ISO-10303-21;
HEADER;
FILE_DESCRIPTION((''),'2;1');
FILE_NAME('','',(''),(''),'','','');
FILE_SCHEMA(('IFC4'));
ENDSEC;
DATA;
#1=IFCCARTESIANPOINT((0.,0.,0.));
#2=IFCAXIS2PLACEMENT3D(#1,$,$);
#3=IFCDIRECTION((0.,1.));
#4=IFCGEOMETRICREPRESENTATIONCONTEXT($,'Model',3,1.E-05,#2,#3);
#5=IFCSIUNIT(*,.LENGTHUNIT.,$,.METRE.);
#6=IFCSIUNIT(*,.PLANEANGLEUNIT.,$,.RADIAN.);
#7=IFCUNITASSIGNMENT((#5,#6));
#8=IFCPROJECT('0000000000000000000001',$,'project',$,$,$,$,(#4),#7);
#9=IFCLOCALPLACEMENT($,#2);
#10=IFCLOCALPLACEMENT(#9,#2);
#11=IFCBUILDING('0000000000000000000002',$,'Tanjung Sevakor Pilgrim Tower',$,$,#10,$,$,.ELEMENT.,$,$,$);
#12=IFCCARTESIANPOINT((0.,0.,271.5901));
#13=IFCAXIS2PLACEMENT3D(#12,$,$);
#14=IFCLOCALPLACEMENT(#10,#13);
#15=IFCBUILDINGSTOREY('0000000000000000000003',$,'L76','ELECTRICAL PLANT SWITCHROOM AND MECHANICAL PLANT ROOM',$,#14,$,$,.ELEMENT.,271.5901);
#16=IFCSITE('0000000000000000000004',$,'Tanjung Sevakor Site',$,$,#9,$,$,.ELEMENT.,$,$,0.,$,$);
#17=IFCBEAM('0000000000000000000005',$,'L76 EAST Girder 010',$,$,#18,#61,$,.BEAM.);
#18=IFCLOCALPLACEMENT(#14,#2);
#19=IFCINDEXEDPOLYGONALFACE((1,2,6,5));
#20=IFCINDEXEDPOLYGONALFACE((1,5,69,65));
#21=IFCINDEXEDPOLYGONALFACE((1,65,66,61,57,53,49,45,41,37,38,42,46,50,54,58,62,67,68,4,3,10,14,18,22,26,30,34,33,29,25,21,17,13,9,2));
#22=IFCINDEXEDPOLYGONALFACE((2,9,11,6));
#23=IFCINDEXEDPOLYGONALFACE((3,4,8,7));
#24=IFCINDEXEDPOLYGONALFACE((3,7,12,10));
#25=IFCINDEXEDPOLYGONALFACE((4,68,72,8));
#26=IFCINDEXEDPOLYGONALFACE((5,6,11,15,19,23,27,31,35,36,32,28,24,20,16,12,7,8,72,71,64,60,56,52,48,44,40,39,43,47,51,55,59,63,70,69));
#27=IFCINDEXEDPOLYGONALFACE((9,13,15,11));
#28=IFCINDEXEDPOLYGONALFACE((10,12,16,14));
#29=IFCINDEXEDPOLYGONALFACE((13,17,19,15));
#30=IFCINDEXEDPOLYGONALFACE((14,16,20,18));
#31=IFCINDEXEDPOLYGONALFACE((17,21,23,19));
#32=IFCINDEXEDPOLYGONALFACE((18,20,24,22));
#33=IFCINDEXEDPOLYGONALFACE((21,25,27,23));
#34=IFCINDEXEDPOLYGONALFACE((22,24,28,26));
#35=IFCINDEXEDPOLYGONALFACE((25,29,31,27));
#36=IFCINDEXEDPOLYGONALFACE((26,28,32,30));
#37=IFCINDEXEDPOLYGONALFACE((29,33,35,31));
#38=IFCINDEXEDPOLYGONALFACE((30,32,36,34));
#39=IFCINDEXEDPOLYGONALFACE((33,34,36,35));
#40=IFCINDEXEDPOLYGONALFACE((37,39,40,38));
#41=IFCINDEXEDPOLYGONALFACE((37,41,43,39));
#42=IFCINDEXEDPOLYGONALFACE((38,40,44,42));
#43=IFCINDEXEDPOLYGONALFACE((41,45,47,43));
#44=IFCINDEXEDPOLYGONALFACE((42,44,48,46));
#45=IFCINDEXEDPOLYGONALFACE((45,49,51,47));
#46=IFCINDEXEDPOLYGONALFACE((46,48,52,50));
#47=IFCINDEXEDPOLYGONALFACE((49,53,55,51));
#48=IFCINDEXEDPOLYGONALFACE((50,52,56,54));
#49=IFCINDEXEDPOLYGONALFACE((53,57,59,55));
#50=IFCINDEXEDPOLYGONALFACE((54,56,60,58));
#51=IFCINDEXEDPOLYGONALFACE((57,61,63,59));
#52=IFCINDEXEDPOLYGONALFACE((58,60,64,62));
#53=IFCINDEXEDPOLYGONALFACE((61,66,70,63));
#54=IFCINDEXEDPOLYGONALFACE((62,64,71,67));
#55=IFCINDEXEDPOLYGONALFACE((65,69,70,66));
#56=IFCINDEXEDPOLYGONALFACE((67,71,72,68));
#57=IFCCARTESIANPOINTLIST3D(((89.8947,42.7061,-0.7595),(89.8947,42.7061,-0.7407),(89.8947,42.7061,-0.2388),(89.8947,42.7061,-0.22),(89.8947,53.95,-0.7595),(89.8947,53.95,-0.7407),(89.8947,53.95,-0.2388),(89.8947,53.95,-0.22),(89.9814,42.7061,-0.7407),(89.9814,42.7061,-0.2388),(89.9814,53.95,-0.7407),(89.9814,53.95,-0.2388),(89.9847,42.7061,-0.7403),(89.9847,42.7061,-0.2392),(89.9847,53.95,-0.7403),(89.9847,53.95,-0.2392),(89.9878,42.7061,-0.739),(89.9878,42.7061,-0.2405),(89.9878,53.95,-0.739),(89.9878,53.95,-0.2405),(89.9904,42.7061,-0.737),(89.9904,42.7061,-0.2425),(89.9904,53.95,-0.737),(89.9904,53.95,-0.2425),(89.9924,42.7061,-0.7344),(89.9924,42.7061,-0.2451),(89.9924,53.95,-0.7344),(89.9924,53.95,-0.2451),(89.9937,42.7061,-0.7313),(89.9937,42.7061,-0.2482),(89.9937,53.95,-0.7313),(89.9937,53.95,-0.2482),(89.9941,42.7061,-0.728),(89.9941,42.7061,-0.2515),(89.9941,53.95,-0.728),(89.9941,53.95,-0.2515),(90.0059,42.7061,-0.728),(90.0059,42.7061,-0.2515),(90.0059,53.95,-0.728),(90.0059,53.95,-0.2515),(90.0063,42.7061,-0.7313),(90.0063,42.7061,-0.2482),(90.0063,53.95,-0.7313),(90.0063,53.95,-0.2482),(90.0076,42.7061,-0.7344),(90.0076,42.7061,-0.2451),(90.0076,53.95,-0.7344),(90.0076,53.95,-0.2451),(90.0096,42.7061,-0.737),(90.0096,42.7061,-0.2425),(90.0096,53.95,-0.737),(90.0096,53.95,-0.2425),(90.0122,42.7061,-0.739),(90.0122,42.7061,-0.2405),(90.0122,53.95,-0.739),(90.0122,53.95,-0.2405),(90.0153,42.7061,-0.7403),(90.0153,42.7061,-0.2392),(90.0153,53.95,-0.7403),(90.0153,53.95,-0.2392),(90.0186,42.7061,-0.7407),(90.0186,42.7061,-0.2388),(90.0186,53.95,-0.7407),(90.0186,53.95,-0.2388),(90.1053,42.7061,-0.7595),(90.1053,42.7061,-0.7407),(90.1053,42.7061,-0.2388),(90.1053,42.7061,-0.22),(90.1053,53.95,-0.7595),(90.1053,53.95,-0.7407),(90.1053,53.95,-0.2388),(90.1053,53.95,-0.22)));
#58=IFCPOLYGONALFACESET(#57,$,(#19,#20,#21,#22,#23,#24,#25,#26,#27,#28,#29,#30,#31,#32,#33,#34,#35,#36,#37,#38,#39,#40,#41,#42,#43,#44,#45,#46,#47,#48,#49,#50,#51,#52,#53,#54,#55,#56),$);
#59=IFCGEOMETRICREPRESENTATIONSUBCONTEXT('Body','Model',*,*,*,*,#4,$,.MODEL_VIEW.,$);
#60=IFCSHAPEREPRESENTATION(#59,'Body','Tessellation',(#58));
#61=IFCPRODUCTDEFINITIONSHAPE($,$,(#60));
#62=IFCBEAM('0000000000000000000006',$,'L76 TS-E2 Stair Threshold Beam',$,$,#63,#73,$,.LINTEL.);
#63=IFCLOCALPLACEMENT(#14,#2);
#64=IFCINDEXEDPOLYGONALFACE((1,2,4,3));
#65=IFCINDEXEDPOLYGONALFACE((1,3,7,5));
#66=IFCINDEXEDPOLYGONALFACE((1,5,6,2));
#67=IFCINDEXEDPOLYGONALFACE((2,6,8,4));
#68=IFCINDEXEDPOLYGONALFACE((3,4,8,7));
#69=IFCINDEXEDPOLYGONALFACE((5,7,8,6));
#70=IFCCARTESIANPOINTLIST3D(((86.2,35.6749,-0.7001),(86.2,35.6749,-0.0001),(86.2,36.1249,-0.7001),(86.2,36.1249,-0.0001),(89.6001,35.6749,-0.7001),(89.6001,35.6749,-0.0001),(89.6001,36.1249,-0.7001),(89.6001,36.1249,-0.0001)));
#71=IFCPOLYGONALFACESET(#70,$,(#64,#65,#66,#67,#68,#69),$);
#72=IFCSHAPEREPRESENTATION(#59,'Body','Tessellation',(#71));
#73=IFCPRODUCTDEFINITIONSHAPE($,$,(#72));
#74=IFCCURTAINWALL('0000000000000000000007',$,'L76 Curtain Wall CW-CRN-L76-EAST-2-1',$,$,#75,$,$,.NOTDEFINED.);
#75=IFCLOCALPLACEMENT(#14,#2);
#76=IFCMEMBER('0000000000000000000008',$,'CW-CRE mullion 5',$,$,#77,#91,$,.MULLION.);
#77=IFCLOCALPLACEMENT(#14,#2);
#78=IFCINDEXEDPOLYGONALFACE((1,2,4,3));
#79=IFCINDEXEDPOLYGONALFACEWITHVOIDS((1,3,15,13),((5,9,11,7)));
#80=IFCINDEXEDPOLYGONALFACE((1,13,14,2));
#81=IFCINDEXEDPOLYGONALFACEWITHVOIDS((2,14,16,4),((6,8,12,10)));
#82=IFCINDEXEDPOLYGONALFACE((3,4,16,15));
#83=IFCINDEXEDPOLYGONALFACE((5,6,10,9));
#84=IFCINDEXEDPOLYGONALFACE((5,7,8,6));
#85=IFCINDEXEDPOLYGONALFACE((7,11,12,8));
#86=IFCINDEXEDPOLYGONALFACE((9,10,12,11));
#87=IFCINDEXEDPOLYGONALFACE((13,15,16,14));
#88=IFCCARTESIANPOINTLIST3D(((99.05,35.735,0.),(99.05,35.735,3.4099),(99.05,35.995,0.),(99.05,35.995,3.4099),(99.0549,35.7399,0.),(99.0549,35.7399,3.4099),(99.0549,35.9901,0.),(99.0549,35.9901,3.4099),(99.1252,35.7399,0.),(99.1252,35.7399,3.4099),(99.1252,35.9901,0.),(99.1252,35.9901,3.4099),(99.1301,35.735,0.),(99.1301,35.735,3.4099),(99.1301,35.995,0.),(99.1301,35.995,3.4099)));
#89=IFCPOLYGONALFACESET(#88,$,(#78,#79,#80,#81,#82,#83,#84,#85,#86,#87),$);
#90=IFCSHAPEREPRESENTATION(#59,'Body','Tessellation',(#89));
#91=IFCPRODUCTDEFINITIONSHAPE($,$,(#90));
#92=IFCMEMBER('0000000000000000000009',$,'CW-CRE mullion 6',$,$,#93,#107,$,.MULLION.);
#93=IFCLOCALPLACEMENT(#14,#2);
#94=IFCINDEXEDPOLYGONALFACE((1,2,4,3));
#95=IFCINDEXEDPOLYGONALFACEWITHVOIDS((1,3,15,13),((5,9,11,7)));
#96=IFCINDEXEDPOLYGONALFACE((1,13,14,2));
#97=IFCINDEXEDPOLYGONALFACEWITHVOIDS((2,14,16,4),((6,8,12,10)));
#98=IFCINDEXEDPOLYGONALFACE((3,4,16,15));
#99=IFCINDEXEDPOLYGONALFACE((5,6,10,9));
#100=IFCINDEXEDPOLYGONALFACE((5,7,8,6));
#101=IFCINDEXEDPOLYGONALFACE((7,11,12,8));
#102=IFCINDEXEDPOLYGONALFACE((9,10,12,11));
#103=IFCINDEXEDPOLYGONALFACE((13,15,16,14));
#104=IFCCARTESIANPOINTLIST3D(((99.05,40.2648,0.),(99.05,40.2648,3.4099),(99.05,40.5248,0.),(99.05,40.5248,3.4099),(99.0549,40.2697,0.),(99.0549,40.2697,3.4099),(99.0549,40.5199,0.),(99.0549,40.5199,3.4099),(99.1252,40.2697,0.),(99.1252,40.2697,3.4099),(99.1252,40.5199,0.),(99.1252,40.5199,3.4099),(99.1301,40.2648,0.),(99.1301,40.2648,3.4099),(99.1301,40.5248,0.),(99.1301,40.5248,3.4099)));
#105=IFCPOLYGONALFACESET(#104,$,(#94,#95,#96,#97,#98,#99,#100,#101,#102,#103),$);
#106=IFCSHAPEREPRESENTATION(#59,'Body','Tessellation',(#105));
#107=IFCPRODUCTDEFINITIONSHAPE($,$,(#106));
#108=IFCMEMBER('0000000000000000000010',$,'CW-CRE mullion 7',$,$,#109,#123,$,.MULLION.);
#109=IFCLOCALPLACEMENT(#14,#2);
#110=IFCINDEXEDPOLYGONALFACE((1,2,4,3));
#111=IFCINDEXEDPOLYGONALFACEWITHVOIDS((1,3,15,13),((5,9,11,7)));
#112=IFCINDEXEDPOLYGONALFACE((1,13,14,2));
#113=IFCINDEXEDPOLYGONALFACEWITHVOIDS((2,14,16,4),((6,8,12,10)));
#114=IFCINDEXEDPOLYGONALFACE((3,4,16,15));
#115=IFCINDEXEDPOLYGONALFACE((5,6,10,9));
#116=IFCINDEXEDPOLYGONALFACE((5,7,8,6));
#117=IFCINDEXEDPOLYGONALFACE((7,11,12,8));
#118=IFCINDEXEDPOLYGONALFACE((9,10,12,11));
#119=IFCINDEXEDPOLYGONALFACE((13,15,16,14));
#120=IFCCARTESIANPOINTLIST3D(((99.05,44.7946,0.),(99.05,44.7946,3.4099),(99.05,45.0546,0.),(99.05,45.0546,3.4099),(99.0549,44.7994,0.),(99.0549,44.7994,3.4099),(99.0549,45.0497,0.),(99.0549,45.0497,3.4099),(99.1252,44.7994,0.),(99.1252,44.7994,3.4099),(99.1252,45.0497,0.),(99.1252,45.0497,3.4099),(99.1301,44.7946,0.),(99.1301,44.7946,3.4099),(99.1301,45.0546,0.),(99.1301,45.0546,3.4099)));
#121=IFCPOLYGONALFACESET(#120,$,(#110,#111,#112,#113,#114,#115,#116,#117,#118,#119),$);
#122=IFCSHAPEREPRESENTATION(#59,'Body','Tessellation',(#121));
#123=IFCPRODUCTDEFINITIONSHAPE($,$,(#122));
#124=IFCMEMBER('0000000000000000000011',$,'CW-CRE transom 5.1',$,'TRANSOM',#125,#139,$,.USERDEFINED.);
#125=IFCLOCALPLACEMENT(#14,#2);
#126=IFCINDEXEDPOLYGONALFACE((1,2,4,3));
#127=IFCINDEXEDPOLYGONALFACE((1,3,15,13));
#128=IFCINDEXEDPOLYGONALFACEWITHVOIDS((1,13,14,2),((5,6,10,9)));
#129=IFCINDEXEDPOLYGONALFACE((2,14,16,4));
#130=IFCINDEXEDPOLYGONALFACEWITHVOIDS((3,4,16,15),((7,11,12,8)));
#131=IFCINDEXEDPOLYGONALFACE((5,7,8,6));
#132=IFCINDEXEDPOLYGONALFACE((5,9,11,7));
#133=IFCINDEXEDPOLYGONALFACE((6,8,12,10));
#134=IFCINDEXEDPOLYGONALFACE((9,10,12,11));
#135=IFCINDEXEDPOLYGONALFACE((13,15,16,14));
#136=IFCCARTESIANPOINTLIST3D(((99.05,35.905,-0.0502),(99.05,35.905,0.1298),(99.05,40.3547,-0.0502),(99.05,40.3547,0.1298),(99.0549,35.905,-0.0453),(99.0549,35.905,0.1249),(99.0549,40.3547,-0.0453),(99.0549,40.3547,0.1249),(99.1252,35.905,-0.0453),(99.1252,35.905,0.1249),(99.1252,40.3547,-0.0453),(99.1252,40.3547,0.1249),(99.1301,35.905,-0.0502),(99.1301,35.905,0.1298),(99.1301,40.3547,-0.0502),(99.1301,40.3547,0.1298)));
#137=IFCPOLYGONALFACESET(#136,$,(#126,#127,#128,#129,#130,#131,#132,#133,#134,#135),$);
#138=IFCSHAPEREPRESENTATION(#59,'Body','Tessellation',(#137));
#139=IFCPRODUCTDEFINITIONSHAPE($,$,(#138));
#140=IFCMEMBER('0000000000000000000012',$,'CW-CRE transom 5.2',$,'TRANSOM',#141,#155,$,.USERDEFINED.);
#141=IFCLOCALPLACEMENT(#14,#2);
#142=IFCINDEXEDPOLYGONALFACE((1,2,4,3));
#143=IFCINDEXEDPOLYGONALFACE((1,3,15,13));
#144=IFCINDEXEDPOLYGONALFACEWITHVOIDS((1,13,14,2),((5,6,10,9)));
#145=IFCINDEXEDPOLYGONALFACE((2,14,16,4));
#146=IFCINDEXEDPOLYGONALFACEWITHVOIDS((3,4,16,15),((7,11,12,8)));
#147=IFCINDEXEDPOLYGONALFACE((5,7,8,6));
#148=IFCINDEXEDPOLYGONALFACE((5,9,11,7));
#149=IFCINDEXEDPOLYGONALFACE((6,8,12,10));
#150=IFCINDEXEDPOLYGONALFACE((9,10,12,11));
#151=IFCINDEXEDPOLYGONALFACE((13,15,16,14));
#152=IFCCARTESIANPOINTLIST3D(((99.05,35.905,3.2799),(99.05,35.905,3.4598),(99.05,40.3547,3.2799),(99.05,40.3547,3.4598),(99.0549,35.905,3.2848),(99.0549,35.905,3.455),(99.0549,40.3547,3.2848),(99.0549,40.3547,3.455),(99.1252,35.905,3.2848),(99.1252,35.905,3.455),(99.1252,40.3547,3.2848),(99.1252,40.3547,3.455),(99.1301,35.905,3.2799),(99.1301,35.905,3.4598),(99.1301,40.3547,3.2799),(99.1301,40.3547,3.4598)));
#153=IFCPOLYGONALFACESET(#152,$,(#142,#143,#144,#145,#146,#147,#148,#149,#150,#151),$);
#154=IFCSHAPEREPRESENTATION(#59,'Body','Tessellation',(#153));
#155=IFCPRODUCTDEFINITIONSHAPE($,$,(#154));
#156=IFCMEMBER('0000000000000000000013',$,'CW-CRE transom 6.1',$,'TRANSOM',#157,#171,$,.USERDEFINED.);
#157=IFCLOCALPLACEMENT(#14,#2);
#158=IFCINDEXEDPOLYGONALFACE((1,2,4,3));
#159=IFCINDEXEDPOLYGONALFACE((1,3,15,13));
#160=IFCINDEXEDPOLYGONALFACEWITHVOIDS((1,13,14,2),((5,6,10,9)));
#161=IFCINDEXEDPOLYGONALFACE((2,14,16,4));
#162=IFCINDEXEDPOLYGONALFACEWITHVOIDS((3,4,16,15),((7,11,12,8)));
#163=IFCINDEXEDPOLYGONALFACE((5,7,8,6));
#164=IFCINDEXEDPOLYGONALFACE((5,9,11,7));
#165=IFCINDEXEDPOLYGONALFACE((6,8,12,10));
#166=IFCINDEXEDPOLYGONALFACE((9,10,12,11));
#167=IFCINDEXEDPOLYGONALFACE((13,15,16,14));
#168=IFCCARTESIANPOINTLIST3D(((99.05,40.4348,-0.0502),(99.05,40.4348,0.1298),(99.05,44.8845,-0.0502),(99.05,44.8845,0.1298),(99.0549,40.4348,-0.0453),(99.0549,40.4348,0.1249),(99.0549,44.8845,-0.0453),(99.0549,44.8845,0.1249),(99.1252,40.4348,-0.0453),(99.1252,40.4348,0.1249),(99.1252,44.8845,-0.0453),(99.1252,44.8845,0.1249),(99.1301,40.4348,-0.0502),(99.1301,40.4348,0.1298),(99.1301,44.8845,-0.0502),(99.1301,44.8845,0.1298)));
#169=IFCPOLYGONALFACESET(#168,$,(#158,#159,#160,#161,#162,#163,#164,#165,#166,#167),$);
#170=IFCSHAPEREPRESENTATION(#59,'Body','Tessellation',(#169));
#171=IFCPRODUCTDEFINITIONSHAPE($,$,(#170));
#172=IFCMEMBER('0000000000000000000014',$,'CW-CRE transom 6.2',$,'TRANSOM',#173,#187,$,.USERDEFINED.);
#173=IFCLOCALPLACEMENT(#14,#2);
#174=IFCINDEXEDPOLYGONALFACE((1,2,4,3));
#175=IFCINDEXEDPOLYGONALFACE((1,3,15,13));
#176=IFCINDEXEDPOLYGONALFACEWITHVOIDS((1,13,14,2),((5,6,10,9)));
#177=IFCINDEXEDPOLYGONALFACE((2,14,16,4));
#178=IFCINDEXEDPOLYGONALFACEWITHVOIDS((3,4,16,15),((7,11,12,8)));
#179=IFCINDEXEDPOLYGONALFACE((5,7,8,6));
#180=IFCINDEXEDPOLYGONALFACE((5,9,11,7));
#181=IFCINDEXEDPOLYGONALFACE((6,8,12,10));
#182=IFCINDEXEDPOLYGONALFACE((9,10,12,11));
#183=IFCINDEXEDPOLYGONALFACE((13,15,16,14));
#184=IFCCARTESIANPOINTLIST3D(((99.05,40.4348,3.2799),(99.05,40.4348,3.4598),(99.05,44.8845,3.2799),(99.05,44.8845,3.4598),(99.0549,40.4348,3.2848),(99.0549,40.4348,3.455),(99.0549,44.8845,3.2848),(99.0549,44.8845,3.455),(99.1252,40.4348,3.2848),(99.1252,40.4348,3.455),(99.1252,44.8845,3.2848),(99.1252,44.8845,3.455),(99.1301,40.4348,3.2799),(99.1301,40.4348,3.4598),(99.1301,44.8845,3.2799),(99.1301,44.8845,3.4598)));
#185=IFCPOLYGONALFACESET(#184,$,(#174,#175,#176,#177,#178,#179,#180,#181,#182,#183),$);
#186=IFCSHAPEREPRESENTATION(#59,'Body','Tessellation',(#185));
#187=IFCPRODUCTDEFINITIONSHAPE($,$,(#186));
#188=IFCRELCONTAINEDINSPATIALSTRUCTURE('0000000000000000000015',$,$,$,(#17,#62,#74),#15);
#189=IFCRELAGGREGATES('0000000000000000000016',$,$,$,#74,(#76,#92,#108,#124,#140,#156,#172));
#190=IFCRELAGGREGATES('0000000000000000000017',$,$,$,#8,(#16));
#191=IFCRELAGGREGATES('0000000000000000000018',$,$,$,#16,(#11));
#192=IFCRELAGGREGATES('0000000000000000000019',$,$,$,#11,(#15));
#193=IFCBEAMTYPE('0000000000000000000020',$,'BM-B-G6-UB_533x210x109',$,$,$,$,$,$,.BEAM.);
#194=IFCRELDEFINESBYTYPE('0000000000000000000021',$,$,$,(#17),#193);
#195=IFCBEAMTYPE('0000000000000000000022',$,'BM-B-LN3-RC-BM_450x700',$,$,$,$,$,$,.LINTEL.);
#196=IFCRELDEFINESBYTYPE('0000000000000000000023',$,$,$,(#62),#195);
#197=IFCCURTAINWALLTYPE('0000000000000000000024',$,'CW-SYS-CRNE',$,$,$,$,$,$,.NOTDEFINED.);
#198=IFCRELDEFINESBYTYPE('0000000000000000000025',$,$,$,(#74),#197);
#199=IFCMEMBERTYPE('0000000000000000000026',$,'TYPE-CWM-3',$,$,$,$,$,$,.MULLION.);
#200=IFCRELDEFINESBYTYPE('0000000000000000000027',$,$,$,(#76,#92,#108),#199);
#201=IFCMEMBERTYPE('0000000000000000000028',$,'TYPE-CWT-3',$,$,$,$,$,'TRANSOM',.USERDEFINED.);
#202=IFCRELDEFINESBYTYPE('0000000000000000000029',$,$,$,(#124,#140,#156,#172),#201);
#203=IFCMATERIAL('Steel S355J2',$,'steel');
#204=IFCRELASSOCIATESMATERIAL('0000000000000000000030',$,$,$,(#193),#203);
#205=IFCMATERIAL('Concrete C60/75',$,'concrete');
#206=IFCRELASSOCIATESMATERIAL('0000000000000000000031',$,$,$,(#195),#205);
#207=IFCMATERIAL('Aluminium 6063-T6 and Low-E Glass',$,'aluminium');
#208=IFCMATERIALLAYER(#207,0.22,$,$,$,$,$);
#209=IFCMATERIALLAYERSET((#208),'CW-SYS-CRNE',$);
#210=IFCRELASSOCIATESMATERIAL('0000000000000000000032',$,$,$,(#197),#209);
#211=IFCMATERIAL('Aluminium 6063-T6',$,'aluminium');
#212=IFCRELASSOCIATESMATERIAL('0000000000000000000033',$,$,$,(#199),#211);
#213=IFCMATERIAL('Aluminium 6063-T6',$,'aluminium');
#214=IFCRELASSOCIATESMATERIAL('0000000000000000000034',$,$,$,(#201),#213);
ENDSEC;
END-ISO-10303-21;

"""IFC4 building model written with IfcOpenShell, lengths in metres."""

from ifc_helpers import new_model, si_unit, direction, frame, origin, origin_2d, place, context, subcontext, project, spatial, rectangle, hollow_rectangle, i_section, extrude, material, layer, layer_set, material_profile, profile_set, type_object, element, aggregate, save


model = new_model("IFC4")

# Units and contexts
model_context = context("Model", 3, precision=1e-05, world=origin(), true_north=direction((0.0, 1.0)))
body_context = subcontext(model_context, "Body", "Model", "MODEL_VIEW")
ifc_project = project(units=[si_unit("LENGTHUNIT", "METRE"), si_unit("PLANEANGLEUNIT", "RADIAN")], contexts=[model_context])

# Site, building, storey
site_placement = place(None, origin())
site = spatial("IfcSite", under=ifc_project, at=site_placement, Name="Tanjung Sevakor Site", CompositionType="ELEMENT", RefElevation=0.0)
building_placement = place(site_placement, origin())
building = spatial("IfcBuilding", under=site, at=building_placement, Name="Tanjung Sevakor Pilgrim Tower", CompositionType="ELEMENT")
storey_placement = place(building_placement, frame((0.0, 0.0, 271.5901)))
storey = spatial("IfcBuildingStorey", under=building, at=storey_placement, Name="L76", Description="ELECTRICAL PLANT SWITCHROOM AND MECHANICAL PLANT ROOM", CompositionType="ELEMENT", Elevation=271.5901)

# Beams
ifc_material_1 = material(Name="Steel S355J2", Category="steel")
ifc_material_profile_1 = material_profile(ifc_material_1, i_section(OverallWidth=0.2107, OverallDepth=0.5396, WebThickness=0.0117, FlangeThickness=0.0188, FilletRadius=0.0127, at=origin_2d()))
ifc_profile_set_1 = profile_set([ifc_material_profile_1], Name="Steel S355J2")
beam_type_1 = type_object("IfcBeamType", Name="BM-B-G6-UB_533x210x109", PredefinedType="BEAM", material=ifc_profile_set_1)
beam_1_placement = place(storey_placement, frame((90.0, 42.7061, -0.4897), z_axis=(0.0, 1.0, 0.0), x_axis=(-1.0, 0.0, 0.0)))
element("IfcBeam", 1, at=beam_1_placement, inside=storey, type_object=beam_type_1, Name="L76 EAST Girder 010", PredefinedType="BEAM", context=body_context, shape_type="SweptSolid", body=[
    extrude(i_section(OverallWidth=0.2107, OverallDepth=0.5396, WebThickness=0.0117, FlangeThickness=0.0188, FilletRadius=0.0127, at=origin_2d()), origin(), (0.0, 0.0, 1.0), 11.2439),
])
ifc_material_2 = material(Name="Concrete C60/75", Category="concrete")
ifc_material_profile_2 = material_profile(ifc_material_2, rectangle(XDim=0.45, YDim=0.7, at=origin_2d()))
ifc_profile_set_2 = profile_set([ifc_material_profile_2], Name="Concrete C60/75")
beam_type_2 = type_object("IfcBeamType", Name="BM-B-LN3-RC-BM_450x700", PredefinedType="LINTEL", material=ifc_profile_set_2)
beam_2_placement = place(storey_placement, frame((86.2, 35.8999, -0.3501), z_axis=(1.0, 0.0, 0.0), x_axis=(0.0, 1.0, 0.0)))
element("IfcBeam", 2, at=beam_2_placement, inside=storey, type_object=beam_type_2, Name="L76 TS-E2 Stair Threshold Beam", PredefinedType="LINTEL", context=body_context, shape_type="SweptSolid", body=[
    extrude(rectangle(XDim=0.45, YDim=0.7, at=origin_2d()), origin(), (0.0, 0.0, 1.0), 3.4001),
])

# Curtain wall, members
ifc_material_3 = material(Name="Aluminium 6063-T6 and Low-E Glass", Category="aluminium")
ifc_layer_1 = layer(ifc_material_3, 0.22)
ifc_layer_set_1 = layer_set([ifc_layer_1], Name="CW-SYS-CRNE")
curtain_wall_type = type_object("IfcCurtainWallType", Name="CW-SYS-CRNE", PredefinedType="NOTDEFINED", material=ifc_layer_set_1)
curtain_wall_placement = place(storey_placement, origin())
curtain_wall = element("IfcCurtainWall", 3, at=curtain_wall_placement, inside=storey, type_object=curtain_wall_type, Name="L76 Curtain Wall CW-CRN-L76-EAST-2-1", PredefinedType="NOTDEFINED")
ifc_material_4 = material(Name="Aluminium 6063-T6", Category="aluminium")
ifc_material_profile_3 = material_profile(ifc_material_4, hollow_rectangle(XDim=0.0801, YDim=0.26, WallThickness=0.0049, at=origin_2d()))
ifc_profile_set_3 = profile_set([ifc_material_profile_3], Name="Aluminium 6063-T6")
member_type_1 = type_object("IfcMemberType", Name="TYPE-CWM-3", PredefinedType="MULLION", material=ifc_profile_set_3)
member_1_placement = place(storey_placement, frame((99.0901, 35.865, 0.0), z_axis=(0.0, 0.0, 1.0), x_axis=(-1.0, 0.0, 0.0)))
member_1 = element("IfcMember", 4, at=member_1_placement, type_object=member_type_1, Name="CW-CRE mullion 5", PredefinedType="MULLION", context=body_context, shape_type="SweptSolid", body=[
    extrude(hollow_rectangle(XDim=0.0801, YDim=0.26, WallThickness=0.0049, at=origin_2d()), origin(), (0.0, 0.0, 1.0), 3.4099),
])
member_2_placement = place(storey_placement, frame((99.0901, 40.3948, 0.0), z_axis=(0.0, 0.0, 1.0), x_axis=(-1.0, 0.0, 0.0)))
member_2 = element("IfcMember", 5, at=member_2_placement, type_object=member_type_1, Name="CW-CRE mullion 6", PredefinedType="MULLION", context=body_context, shape_type="SweptSolid", body=[
    extrude(hollow_rectangle(XDim=0.0801, YDim=0.26, WallThickness=0.0049, at=origin_2d()), origin(), (0.0, 0.0, 1.0), 3.4099),
])
member_3_placement = place(storey_placement, frame((99.0901, 44.9246, 0.0), z_axis=(0.0, 0.0, 1.0), x_axis=(-1.0, 0.0, 0.0)))
member_3 = element("IfcMember", 6, at=member_3_placement, type_object=member_type_1, Name="CW-CRE mullion 7", PredefinedType="MULLION", context=body_context, shape_type="SweptSolid", body=[
    extrude(hollow_rectangle(XDim=0.0801, YDim=0.26, WallThickness=0.0049, at=origin_2d()), origin(), (0.0, 0.0, 1.0), 3.4099),
])
ifc_material_5 = material(Name="Aluminium 6063-T6", Category="aluminium")
ifc_material_profile_4 = material_profile(ifc_material_5, hollow_rectangle(XDim=0.0801, YDim=0.1799, WallThickness=0.0049, at=origin_2d()))
ifc_profile_set_4 = profile_set([ifc_material_profile_4], Name="Aluminium 6063-T6")
member_type_2 = type_object("IfcMemberType", Name="TYPE-CWT-3", ElementType="TRANSOM", PredefinedType="USERDEFINED", material=ifc_profile_set_4)
member_4_placement = place(storey_placement, frame((99.0901, 35.905, 0.0398), z_axis=(0.0, 1.0, 0.0), x_axis=(-1.0, 0.0, 0.0)))
member_4 = element("IfcMember", 7, at=member_4_placement, type_object=member_type_2, Name="CW-CRE transom 5.1", ObjectType="TRANSOM", PredefinedType="USERDEFINED", context=body_context, shape_type="SweptSolid", body=[
    extrude(hollow_rectangle(XDim=0.0801, YDim=0.1799, WallThickness=0.0049, at=origin_2d()), origin(), (0.0, 0.0, 1.0), 4.4497),
])
member_5_placement = place(storey_placement, frame((99.0901, 35.905, 3.3699), z_axis=(0.0, 1.0, 0.0), x_axis=(-1.0, 0.0, 0.0)))
member_5 = element("IfcMember", 8, at=member_5_placement, type_object=member_type_2, Name="CW-CRE transom 5.2", ObjectType="TRANSOM", PredefinedType="USERDEFINED", context=body_context, shape_type="SweptSolid", body=[
    extrude(hollow_rectangle(XDim=0.0801, YDim=0.1799, WallThickness=0.0049, at=origin_2d()), origin(), (0.0, 0.0, 1.0), 4.4497),
])
member_6_placement = place(storey_placement, frame((99.0901, 40.4348, 0.0398), z_axis=(0.0, 1.0, 0.0), x_axis=(-1.0, 0.0, 0.0)))
member_6 = element("IfcMember", 9, at=member_6_placement, type_object=member_type_2, Name="CW-CRE transom 6.1", ObjectType="TRANSOM", PredefinedType="USERDEFINED", context=body_context, shape_type="SweptSolid", body=[
    extrude(hollow_rectangle(XDim=0.0801, YDim=0.1799, WallThickness=0.0049, at=origin_2d()), origin(), (0.0, 0.0, 1.0), 4.4497),
])
member_7_placement = place(storey_placement, frame((99.0901, 40.4348, 3.3699), z_axis=(0.0, 1.0, 0.0), x_axis=(-1.0, 0.0, 0.0)))
member_7 = element("IfcMember", 10, at=member_7_placement, type_object=member_type_2, Name="CW-CRE transom 6.2", ObjectType="TRANSOM", PredefinedType="USERDEFINED", context=body_context, shape_type="SweptSolid", body=[
    extrude(hollow_rectangle(XDim=0.0801, YDim=0.1799, WallThickness=0.0049, at=origin_2d()), origin(), (0.0, 0.0, 1.0), 4.4497),
])
aggregate(curtain_wall, [member_1, member_2, member_3, member_4, member_5, member_6, member_7])

save(model, "model.ifc")
